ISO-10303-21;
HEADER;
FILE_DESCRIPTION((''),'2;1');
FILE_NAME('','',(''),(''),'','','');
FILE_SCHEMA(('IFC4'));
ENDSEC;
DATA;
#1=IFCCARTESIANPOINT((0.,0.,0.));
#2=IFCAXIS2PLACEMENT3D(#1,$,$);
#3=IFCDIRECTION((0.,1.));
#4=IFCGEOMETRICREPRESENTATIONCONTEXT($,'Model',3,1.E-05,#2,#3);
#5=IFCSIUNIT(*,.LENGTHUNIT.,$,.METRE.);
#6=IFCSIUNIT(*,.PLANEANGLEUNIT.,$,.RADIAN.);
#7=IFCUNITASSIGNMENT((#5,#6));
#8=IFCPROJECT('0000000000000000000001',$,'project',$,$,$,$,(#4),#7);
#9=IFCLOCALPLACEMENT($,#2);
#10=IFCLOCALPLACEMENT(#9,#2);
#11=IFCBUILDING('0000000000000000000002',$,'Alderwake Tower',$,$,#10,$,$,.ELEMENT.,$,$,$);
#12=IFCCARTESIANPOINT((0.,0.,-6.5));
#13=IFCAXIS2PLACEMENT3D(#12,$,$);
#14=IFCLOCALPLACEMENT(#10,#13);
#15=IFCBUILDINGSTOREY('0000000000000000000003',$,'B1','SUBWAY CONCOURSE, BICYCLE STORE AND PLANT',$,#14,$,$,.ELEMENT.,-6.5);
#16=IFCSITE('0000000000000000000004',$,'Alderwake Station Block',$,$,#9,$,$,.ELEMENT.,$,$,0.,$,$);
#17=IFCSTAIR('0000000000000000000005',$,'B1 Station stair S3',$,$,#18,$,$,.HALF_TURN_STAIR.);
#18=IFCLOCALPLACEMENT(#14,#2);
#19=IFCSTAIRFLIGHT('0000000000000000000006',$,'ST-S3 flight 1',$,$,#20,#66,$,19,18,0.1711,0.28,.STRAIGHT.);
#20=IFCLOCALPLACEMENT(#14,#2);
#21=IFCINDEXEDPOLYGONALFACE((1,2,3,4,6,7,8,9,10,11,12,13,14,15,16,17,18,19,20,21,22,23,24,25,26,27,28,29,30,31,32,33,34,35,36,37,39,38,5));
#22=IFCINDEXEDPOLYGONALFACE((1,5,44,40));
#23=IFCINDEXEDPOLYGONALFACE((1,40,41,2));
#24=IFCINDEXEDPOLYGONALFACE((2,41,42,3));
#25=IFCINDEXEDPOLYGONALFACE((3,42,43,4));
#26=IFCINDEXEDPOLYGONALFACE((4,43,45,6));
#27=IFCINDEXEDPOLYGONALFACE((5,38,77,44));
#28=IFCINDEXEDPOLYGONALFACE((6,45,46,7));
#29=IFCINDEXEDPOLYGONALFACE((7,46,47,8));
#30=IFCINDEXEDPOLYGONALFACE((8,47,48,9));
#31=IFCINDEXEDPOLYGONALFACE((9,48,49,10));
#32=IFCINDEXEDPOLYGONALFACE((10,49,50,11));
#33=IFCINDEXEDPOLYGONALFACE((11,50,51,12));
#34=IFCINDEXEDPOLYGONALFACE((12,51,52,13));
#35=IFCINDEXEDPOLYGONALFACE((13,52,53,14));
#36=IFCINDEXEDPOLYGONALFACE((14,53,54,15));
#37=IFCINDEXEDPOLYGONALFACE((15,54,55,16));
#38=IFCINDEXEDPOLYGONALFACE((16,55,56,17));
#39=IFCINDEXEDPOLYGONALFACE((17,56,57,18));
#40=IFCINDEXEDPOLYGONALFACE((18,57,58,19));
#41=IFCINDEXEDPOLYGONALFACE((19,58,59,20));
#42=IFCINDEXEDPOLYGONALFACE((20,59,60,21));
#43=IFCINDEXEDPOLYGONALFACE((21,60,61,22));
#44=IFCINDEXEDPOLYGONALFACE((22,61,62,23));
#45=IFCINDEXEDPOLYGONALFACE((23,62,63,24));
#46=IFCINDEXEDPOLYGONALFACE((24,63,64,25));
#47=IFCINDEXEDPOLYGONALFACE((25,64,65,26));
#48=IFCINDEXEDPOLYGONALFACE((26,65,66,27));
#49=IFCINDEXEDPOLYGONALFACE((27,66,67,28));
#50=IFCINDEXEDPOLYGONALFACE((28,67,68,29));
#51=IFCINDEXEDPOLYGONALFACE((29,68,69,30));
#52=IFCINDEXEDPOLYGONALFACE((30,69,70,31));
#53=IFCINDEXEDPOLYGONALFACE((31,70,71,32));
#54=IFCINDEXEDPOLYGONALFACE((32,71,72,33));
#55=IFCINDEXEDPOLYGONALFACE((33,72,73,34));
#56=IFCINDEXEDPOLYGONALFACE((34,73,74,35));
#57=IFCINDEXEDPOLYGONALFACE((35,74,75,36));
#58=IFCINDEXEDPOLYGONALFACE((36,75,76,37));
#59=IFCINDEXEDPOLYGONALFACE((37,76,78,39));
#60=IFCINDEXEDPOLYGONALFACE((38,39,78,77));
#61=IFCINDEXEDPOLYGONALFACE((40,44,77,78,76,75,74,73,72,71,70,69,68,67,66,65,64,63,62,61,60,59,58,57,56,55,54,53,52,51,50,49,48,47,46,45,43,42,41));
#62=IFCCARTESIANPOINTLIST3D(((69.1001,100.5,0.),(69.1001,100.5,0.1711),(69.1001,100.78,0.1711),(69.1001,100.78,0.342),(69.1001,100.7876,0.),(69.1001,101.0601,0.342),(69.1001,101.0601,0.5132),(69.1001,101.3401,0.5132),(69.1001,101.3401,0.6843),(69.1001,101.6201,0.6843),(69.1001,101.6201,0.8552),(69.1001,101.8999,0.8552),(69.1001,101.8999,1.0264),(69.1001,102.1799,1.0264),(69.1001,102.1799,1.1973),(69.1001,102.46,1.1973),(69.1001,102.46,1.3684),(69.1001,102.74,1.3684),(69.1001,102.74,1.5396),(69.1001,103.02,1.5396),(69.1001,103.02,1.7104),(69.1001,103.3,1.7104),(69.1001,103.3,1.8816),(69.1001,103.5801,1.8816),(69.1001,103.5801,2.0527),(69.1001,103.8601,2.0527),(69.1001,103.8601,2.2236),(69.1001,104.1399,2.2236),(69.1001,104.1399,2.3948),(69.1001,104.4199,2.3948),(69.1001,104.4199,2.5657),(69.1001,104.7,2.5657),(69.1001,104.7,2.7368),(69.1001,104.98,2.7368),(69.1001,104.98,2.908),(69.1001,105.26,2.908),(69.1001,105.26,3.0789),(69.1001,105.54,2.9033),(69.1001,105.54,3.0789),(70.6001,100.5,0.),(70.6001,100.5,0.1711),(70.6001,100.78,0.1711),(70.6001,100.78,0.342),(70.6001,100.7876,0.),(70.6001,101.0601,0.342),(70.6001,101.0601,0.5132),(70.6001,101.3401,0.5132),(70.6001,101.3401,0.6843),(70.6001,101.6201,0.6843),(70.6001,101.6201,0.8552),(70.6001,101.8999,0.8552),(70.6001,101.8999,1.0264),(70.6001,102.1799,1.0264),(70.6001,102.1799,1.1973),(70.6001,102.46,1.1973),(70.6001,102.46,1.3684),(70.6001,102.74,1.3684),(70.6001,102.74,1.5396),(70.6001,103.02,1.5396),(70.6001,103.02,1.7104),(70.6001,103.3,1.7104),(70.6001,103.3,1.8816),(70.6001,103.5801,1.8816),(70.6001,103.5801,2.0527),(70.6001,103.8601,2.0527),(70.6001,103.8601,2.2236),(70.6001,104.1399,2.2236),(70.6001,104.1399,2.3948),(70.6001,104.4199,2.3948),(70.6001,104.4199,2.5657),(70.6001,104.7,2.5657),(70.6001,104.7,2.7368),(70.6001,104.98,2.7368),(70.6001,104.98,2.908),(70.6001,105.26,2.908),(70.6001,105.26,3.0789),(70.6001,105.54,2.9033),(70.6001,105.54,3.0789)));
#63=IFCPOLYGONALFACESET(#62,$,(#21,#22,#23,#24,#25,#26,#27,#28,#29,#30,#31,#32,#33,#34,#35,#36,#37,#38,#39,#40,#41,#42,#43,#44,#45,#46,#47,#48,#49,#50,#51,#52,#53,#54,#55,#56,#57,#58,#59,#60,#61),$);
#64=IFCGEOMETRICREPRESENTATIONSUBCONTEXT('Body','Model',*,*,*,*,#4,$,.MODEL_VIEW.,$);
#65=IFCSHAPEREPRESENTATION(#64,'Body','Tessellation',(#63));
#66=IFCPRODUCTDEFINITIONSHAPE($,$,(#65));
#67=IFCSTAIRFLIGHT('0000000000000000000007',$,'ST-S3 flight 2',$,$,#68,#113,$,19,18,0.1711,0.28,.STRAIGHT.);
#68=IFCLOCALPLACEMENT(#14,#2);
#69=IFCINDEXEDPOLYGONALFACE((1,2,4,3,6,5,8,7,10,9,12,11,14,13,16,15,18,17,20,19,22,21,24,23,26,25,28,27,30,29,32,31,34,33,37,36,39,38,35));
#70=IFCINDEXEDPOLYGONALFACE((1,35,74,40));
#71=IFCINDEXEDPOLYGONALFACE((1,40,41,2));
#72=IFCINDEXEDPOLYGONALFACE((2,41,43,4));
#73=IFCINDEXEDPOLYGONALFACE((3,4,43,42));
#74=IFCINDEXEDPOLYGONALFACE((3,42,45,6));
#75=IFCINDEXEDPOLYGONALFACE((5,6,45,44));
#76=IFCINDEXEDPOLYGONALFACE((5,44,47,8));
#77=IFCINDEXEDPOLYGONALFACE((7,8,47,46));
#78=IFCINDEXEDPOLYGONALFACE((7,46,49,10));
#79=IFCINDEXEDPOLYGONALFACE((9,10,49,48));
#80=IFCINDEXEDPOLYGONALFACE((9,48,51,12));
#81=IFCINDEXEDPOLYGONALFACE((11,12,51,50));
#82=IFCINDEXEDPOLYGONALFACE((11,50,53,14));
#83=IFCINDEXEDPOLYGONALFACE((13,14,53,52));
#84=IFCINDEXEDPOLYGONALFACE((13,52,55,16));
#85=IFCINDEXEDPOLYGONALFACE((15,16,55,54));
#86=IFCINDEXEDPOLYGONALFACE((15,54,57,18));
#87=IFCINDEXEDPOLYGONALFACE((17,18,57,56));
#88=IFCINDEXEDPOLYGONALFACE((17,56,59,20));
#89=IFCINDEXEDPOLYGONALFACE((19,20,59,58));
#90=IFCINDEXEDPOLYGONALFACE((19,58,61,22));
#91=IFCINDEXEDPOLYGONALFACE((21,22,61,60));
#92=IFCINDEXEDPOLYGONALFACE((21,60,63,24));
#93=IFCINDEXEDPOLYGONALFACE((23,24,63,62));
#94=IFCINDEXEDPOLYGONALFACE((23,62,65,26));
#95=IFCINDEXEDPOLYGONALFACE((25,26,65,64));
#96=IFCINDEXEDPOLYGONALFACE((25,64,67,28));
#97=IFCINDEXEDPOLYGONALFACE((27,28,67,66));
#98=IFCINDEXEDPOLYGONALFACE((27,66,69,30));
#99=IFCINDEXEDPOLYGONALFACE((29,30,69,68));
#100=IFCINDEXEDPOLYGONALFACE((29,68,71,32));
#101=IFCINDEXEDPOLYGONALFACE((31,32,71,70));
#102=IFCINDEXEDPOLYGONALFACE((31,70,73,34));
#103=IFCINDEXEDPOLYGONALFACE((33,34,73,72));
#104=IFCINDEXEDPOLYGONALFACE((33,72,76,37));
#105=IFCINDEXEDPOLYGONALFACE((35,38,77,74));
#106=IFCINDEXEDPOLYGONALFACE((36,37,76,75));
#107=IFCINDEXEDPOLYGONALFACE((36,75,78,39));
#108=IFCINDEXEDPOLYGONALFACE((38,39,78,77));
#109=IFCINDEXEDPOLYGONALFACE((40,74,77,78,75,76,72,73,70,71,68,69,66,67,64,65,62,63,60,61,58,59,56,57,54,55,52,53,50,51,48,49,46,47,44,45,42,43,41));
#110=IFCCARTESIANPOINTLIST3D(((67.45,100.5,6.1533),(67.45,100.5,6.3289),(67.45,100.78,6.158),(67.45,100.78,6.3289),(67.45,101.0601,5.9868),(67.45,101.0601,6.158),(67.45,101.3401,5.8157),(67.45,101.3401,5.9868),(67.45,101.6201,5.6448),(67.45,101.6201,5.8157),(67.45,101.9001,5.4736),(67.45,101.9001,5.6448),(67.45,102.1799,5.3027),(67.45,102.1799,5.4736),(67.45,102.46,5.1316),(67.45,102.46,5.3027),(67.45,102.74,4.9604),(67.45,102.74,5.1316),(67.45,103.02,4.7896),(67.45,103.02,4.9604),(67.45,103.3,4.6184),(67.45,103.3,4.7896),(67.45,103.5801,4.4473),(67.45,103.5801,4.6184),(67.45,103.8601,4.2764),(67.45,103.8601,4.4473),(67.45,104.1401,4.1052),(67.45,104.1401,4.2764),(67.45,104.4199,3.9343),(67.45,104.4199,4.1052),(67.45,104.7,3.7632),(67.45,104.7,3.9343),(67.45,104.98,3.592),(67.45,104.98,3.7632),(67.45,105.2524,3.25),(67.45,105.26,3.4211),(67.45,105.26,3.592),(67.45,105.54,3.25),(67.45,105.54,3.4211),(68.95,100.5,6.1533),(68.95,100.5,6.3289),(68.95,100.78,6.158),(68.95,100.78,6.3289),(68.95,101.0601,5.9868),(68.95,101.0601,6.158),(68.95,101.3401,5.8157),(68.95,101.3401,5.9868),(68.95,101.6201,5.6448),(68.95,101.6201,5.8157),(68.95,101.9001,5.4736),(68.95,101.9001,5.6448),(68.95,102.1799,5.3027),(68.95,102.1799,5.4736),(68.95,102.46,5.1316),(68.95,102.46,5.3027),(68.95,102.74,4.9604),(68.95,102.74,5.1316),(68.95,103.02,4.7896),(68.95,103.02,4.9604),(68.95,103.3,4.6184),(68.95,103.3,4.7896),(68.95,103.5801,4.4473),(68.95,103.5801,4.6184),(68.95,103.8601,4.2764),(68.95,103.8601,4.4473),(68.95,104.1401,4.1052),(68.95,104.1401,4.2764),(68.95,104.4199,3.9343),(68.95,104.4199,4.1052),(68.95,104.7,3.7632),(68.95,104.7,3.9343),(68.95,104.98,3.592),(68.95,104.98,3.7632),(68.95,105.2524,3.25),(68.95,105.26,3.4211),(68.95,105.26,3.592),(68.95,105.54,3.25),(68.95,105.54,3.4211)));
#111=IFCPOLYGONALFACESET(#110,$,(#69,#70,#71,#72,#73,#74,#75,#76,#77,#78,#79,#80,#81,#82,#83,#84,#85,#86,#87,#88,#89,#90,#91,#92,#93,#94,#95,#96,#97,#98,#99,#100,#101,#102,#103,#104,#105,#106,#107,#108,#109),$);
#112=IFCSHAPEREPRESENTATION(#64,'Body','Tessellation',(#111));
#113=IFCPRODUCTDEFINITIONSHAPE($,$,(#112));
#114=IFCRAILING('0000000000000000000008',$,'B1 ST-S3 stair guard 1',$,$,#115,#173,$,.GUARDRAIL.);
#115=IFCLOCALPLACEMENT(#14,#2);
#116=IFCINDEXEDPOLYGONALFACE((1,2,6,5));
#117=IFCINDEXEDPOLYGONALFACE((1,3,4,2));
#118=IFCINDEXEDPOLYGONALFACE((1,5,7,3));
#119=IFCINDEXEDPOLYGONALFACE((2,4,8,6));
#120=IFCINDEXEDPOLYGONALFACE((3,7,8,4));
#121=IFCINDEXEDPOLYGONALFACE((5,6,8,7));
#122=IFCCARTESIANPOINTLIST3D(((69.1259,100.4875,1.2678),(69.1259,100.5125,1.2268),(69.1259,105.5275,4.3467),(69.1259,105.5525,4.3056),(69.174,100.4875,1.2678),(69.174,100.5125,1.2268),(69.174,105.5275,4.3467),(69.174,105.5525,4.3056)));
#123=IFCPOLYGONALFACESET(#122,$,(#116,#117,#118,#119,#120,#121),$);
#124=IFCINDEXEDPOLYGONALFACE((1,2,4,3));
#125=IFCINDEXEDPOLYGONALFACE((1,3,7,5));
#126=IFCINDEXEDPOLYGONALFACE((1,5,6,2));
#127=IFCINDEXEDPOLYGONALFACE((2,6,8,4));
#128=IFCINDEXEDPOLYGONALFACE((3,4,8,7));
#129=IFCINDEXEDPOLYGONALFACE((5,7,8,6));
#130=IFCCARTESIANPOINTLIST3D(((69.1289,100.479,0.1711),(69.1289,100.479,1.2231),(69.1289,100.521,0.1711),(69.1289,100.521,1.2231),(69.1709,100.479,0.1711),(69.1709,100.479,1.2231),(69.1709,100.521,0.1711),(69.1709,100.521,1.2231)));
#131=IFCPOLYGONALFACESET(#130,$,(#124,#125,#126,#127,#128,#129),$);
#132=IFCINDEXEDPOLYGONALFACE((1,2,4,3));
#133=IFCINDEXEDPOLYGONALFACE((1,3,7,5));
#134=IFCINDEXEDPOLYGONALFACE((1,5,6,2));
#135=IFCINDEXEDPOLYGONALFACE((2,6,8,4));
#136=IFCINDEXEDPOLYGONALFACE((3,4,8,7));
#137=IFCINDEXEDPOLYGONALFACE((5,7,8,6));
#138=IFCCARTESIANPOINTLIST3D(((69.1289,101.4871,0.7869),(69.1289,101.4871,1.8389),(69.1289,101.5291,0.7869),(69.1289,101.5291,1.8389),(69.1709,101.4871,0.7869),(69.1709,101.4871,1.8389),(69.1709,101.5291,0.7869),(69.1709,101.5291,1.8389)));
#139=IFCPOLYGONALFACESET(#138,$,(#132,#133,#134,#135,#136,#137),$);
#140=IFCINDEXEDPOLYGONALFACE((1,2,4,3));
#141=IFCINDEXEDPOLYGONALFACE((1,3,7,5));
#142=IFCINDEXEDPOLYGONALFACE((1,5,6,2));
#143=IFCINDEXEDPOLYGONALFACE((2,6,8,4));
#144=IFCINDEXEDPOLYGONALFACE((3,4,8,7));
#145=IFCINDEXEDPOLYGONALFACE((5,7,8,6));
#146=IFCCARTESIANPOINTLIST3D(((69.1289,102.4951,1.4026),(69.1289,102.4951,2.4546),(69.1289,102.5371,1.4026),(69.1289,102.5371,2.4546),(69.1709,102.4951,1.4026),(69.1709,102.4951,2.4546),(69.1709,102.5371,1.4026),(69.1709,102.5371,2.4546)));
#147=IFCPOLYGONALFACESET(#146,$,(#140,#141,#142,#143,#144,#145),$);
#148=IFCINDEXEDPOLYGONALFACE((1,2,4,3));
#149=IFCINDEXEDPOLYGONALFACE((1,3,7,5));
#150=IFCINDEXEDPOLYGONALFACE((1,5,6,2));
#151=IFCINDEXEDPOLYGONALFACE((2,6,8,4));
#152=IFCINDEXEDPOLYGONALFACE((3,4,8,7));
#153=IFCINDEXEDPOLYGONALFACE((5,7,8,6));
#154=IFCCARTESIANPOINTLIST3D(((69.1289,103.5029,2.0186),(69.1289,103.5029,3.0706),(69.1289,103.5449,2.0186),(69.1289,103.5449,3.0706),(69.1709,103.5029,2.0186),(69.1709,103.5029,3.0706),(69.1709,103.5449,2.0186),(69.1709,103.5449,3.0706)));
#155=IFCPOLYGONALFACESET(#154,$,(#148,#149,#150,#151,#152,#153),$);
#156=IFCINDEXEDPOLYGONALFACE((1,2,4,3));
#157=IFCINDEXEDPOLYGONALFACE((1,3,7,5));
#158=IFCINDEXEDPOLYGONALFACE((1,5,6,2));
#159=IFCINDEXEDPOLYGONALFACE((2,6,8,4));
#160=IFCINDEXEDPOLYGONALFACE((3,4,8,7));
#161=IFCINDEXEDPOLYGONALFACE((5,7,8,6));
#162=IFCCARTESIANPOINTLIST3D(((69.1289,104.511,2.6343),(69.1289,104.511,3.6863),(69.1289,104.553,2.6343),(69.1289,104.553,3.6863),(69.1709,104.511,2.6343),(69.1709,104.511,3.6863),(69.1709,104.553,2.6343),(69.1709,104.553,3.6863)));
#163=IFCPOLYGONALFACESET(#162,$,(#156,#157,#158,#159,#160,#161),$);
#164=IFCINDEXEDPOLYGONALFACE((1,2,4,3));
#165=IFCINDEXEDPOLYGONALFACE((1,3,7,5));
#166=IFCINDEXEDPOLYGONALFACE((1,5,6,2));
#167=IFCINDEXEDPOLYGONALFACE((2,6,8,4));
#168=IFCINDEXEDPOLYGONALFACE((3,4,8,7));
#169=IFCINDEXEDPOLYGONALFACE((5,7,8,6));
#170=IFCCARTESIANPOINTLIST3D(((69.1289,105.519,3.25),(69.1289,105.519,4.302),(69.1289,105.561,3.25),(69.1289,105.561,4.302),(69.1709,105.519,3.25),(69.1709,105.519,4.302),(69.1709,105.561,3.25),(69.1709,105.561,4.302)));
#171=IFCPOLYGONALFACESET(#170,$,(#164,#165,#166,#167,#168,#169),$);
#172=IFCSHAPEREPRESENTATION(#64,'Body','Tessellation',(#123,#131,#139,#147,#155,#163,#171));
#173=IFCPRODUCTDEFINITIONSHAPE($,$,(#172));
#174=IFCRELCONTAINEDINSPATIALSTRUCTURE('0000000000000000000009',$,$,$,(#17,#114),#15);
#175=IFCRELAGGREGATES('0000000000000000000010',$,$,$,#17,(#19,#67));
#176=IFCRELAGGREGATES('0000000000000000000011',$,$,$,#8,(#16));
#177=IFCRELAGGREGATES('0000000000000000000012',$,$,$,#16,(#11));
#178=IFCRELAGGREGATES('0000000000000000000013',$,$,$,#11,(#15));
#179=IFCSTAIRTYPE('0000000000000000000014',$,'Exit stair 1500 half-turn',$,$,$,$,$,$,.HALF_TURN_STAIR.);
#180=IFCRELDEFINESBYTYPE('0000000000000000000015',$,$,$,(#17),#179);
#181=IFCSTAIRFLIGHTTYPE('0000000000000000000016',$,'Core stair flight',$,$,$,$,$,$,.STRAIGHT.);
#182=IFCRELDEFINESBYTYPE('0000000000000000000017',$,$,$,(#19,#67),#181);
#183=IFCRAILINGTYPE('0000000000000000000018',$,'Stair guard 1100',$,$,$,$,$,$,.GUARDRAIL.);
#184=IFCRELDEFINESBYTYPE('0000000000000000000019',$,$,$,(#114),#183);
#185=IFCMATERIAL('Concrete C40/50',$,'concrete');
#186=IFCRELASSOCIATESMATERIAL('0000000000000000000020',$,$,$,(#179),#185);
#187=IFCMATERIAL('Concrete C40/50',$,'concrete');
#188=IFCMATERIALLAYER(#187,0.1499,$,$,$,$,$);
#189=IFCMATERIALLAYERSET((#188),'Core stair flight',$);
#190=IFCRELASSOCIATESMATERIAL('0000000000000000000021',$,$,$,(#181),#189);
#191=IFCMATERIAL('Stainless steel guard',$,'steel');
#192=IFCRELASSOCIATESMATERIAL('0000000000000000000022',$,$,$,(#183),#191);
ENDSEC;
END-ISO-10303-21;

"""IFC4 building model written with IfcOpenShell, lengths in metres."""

from ifc_helpers import new_model, si_unit, direction, frame, origin, origin_2d, place, context, subcontext, project, spatial, polyline, rectangle, outline, extrude, material, layer, layer_set, type_object, element, aggregate, save


model = new_model("IFC4")

# Units and contexts
model_context = context("Model", 3, precision=1e-05, world=origin(), true_north=direction((0.0, 1.0)))
body_context = subcontext(model_context, "Body", "Model", "MODEL_VIEW")
ifc_project = project(units=[si_unit("LENGTHUNIT", "METRE"), si_unit("PLANEANGLEUNIT", "RADIAN")], contexts=[model_context])

# Site, building, storey
site_placement = place(None, origin())
site = spatial("IfcSite", under=ifc_project, at=site_placement, Name="Alderwake Station Block", CompositionType="ELEMENT", RefElevation=0.0)
building_placement = place(site_placement, origin())
building = spatial("IfcBuilding", under=site, at=building_placement, Name="Alderwake Tower", CompositionType="ELEMENT")
storey_placement = place(building_placement, frame((0.0, 0.0, -6.5)))
storey = spatial("IfcBuildingStorey", under=building, at=storey_placement, Name="B1", Description="SUBWAY CONCOURSE, BICYCLE STORE AND PLANT", CompositionType="ELEMENT", Elevation=-6.5)

# Stair, stair flights
ifc_material_1 = material(Name="Concrete C40/50", Category="concrete")
stair_type = type_object("IfcStairType", Name="Exit stair 1500 half-turn", PredefinedType="HALF_TURN_STAIR", material=ifc_material_1)
stair_placement = place(storey_placement, origin())
stair = element("IfcStair", 1, at=stair_placement, inside=storey, type_object=stair_type, Name="B1 Station stair S3", PredefinedType="HALF_TURN_STAIR")
ifc_material_2 = material(Name="Concrete C40/50", Category="concrete")
ifc_layer_1 = layer(ifc_material_2, 0.1499)
ifc_layer_set_1 = layer_set([ifc_layer_1], Name="Core stair flight")
stair_flight_type = type_object("IfcStairFlightType", Name="Core stair flight", PredefinedType="STRAIGHT", material=ifc_layer_set_1)
stair_flight_1_placement = place(storey_placement, frame((69.8501, 100.5, 0.0), z_axis=(0.0, 0.0, 1.0), x_axis=(0.0, 1.0, 0.0)))
stair_flight_1 = element("IfcStairFlight", 2, at=stair_flight_1_placement, type_object=stair_flight_type, Name="ST-S3 flight 1", NumberOfRisers=19, NumberOfTreads=18, PredefinedType="STRAIGHT", RiserHeight=0.1711, TreadLength=0.28, context=body_context, shape_type="SweptSolid", body=[
    extrude(outline(polyline([(0.0, 0.0), (0.0, 0.1711), (0.28, 0.1711), (0.28, 0.342), (0.5601, 0.342), (0.5601, 0.5132), (0.8401, 0.5132), (0.8401, 0.6843), (1.1201, 0.6843), (1.1201, 0.8552), (1.3999, 0.8552), (1.3999, 1.0264), (1.6799, 1.0264), (1.6799, 1.1973), (1.96, 1.1973), (1.96, 1.3684), (2.24, 1.3684), (2.24, 1.5396), (2.52, 1.5396), (2.52, 1.7104), (2.8, 1.7104), (2.8, 1.8816), (3.0801, 1.8816), (3.0801, 2.0527), (3.3601, 2.0527), (3.3601, 2.2236), (3.6399, 2.2236), (3.6399, 2.3948), (3.9199, 2.3948), (3.9199, 2.5657), (4.2, 2.5657), (4.2, 2.7368), (4.48, 2.7368), (4.48, 2.908), (4.76, 2.908), (4.76, 3.0789), (5.04, 3.0789), (5.04, 3.25), (5.04, 2.9033), (0.2876, 0.0), (0.0, 0.0)])), frame((0.0, 0.75, 0.0), z_axis=(0.0, -1.0, 0.0), x_axis=(1.0, 0.0, 0.0)), (0.0, 0.0, 1.0), 1.5),
])
stair_flight_2_placement = place(storey_placement, frame((68.2, 105.54, 3.25), z_axis=(0.0, 0.0, 1.0), x_axis=(0.0, -1.0, 0.0)))
stair_flight_2 = element("IfcStairFlight", 3, at=stair_flight_2_placement, type_object=stair_flight_type, Name="ST-S3 flight 2", NumberOfRisers=19, NumberOfTreads=18, PredefinedType="STRAIGHT", RiserHeight=0.1711, TreadLength=0.28, context=body_context, shape_type="SweptSolid", body=[
    extrude(outline(polyline([(0.0, 0.0), (0.0, 0.1711), (0.28, 0.1711), (0.28, 0.342), (0.5601, 0.342), (0.5601, 0.5132), (0.8401, 0.5132), (0.8401, 0.6843), (1.1201, 0.6843), (1.1201, 0.8552), (1.3999, 0.8552), (1.3999, 1.0264), (1.6799, 1.0264), (1.6799, 1.1973), (1.96, 1.1973), (1.96, 1.3684), (2.24, 1.3684), (2.24, 1.5396), (2.52, 1.5396), (2.52, 1.7104), (2.8, 1.7104), (2.8, 1.8816), (3.0801, 1.8816), (3.0801, 2.0527), (3.3601, 2.0527), (3.3601, 2.2236), (3.6399, 2.2236), (3.6399, 2.3948), (3.9199, 2.3948), (3.9199, 2.5657), (4.2, 2.5657), (4.2, 2.7368), (4.48, 2.7368), (4.48, 2.908), (4.76, 2.908), (4.76, 3.0789), (5.04, 3.0789), (5.04, 3.25), (5.04, 2.9033), (0.2876, 0.0), (0.0, 0.0)])), frame((0.0, 0.75, 0.0), z_axis=(0.0, -1.0, 0.0), x_axis=(1.0, 0.0, 0.0)), (0.0, 0.0, 1.0), 1.5),
])
aggregate(stair, [stair_flight_1, stair_flight_2])

# Railing
ifc_material_3 = material(Name="Stainless steel guard", Category="steel")
railing_type_1 = type_object("IfcRailingType", Name="Stair guard 1100", PredefinedType="GUARDRAIL", material=ifc_material_3)
railing_1_placement = place(storey_placement, frame((69.1499, 100.5, 0.1711)))
element("IfcRailing", 4, at=railing_1_placement, inside=storey, type_object=railing_type_1, Name="B1 ST-S3 stair guard 1", PredefinedType="GUARDRAIL", context=body_context, shape_type="SweptSolid", body=[
    extrude(rectangle(XDim=0.0481, YDim=0.0481, at=origin_2d()), frame((0.0, 0.0, 1.0762), z_axis=(0.0, 0.85337, 0.521306), x_axis=(-1.0, 0.0, 0.0)), (0.0, 0.0, 1.0), 5.906),
    extrude(rectangle(XDim=0.042, YDim=0.042, at=origin_2d()), frame((0.0, 0.0, 0.0), z_axis=(0.0, 0.0, 1.0), x_axis=(0.0, 1.0, 0.0)), (0.0, 0.0, 1.0), 1.052),
    extrude(rectangle(XDim=0.042, YDim=0.042, at=origin_2d()), frame((0.0, 1.0081, 0.6157), z_axis=(0.0, 0.0, 1.0), x_axis=(0.0, 1.0, 0.0)), (0.0, 0.0, 1.0), 1.052),
    extrude(rectangle(XDim=0.042, YDim=0.042, at=origin_2d()), frame((0.0, 2.0161, 1.2314), z_axis=(0.0, 0.0, 1.0), x_axis=(0.0, 1.0, 0.0)), (0.0, 0.0, 1.0), 1.052),
    extrude(rectangle(XDim=0.042, YDim=0.042, at=origin_2d()), frame((0.0, 3.0239, 1.8474), z_axis=(0.0, 0.0, 1.0), x_axis=(0.0, 1.0, 0.0)), (0.0, 0.0, 1.0), 1.052),
    extrude(rectangle(XDim=0.042, YDim=0.042, at=origin_2d()), frame((0.0, 4.032, 2.4631), z_axis=(0.0, 0.0, 1.0), x_axis=(0.0, 1.0, 0.0)), (0.0, 0.0, 1.0), 1.052),
    extrude(rectangle(XDim=0.042, YDim=0.042, at=origin_2d()), frame((0.0, 5.04, 3.0789), z_axis=(0.0, 0.0, 1.0), x_axis=(0.0, 1.0, 0.0)), (0.0, 0.0, 1.0), 1.052),
])

save(model, "model.ifc")
